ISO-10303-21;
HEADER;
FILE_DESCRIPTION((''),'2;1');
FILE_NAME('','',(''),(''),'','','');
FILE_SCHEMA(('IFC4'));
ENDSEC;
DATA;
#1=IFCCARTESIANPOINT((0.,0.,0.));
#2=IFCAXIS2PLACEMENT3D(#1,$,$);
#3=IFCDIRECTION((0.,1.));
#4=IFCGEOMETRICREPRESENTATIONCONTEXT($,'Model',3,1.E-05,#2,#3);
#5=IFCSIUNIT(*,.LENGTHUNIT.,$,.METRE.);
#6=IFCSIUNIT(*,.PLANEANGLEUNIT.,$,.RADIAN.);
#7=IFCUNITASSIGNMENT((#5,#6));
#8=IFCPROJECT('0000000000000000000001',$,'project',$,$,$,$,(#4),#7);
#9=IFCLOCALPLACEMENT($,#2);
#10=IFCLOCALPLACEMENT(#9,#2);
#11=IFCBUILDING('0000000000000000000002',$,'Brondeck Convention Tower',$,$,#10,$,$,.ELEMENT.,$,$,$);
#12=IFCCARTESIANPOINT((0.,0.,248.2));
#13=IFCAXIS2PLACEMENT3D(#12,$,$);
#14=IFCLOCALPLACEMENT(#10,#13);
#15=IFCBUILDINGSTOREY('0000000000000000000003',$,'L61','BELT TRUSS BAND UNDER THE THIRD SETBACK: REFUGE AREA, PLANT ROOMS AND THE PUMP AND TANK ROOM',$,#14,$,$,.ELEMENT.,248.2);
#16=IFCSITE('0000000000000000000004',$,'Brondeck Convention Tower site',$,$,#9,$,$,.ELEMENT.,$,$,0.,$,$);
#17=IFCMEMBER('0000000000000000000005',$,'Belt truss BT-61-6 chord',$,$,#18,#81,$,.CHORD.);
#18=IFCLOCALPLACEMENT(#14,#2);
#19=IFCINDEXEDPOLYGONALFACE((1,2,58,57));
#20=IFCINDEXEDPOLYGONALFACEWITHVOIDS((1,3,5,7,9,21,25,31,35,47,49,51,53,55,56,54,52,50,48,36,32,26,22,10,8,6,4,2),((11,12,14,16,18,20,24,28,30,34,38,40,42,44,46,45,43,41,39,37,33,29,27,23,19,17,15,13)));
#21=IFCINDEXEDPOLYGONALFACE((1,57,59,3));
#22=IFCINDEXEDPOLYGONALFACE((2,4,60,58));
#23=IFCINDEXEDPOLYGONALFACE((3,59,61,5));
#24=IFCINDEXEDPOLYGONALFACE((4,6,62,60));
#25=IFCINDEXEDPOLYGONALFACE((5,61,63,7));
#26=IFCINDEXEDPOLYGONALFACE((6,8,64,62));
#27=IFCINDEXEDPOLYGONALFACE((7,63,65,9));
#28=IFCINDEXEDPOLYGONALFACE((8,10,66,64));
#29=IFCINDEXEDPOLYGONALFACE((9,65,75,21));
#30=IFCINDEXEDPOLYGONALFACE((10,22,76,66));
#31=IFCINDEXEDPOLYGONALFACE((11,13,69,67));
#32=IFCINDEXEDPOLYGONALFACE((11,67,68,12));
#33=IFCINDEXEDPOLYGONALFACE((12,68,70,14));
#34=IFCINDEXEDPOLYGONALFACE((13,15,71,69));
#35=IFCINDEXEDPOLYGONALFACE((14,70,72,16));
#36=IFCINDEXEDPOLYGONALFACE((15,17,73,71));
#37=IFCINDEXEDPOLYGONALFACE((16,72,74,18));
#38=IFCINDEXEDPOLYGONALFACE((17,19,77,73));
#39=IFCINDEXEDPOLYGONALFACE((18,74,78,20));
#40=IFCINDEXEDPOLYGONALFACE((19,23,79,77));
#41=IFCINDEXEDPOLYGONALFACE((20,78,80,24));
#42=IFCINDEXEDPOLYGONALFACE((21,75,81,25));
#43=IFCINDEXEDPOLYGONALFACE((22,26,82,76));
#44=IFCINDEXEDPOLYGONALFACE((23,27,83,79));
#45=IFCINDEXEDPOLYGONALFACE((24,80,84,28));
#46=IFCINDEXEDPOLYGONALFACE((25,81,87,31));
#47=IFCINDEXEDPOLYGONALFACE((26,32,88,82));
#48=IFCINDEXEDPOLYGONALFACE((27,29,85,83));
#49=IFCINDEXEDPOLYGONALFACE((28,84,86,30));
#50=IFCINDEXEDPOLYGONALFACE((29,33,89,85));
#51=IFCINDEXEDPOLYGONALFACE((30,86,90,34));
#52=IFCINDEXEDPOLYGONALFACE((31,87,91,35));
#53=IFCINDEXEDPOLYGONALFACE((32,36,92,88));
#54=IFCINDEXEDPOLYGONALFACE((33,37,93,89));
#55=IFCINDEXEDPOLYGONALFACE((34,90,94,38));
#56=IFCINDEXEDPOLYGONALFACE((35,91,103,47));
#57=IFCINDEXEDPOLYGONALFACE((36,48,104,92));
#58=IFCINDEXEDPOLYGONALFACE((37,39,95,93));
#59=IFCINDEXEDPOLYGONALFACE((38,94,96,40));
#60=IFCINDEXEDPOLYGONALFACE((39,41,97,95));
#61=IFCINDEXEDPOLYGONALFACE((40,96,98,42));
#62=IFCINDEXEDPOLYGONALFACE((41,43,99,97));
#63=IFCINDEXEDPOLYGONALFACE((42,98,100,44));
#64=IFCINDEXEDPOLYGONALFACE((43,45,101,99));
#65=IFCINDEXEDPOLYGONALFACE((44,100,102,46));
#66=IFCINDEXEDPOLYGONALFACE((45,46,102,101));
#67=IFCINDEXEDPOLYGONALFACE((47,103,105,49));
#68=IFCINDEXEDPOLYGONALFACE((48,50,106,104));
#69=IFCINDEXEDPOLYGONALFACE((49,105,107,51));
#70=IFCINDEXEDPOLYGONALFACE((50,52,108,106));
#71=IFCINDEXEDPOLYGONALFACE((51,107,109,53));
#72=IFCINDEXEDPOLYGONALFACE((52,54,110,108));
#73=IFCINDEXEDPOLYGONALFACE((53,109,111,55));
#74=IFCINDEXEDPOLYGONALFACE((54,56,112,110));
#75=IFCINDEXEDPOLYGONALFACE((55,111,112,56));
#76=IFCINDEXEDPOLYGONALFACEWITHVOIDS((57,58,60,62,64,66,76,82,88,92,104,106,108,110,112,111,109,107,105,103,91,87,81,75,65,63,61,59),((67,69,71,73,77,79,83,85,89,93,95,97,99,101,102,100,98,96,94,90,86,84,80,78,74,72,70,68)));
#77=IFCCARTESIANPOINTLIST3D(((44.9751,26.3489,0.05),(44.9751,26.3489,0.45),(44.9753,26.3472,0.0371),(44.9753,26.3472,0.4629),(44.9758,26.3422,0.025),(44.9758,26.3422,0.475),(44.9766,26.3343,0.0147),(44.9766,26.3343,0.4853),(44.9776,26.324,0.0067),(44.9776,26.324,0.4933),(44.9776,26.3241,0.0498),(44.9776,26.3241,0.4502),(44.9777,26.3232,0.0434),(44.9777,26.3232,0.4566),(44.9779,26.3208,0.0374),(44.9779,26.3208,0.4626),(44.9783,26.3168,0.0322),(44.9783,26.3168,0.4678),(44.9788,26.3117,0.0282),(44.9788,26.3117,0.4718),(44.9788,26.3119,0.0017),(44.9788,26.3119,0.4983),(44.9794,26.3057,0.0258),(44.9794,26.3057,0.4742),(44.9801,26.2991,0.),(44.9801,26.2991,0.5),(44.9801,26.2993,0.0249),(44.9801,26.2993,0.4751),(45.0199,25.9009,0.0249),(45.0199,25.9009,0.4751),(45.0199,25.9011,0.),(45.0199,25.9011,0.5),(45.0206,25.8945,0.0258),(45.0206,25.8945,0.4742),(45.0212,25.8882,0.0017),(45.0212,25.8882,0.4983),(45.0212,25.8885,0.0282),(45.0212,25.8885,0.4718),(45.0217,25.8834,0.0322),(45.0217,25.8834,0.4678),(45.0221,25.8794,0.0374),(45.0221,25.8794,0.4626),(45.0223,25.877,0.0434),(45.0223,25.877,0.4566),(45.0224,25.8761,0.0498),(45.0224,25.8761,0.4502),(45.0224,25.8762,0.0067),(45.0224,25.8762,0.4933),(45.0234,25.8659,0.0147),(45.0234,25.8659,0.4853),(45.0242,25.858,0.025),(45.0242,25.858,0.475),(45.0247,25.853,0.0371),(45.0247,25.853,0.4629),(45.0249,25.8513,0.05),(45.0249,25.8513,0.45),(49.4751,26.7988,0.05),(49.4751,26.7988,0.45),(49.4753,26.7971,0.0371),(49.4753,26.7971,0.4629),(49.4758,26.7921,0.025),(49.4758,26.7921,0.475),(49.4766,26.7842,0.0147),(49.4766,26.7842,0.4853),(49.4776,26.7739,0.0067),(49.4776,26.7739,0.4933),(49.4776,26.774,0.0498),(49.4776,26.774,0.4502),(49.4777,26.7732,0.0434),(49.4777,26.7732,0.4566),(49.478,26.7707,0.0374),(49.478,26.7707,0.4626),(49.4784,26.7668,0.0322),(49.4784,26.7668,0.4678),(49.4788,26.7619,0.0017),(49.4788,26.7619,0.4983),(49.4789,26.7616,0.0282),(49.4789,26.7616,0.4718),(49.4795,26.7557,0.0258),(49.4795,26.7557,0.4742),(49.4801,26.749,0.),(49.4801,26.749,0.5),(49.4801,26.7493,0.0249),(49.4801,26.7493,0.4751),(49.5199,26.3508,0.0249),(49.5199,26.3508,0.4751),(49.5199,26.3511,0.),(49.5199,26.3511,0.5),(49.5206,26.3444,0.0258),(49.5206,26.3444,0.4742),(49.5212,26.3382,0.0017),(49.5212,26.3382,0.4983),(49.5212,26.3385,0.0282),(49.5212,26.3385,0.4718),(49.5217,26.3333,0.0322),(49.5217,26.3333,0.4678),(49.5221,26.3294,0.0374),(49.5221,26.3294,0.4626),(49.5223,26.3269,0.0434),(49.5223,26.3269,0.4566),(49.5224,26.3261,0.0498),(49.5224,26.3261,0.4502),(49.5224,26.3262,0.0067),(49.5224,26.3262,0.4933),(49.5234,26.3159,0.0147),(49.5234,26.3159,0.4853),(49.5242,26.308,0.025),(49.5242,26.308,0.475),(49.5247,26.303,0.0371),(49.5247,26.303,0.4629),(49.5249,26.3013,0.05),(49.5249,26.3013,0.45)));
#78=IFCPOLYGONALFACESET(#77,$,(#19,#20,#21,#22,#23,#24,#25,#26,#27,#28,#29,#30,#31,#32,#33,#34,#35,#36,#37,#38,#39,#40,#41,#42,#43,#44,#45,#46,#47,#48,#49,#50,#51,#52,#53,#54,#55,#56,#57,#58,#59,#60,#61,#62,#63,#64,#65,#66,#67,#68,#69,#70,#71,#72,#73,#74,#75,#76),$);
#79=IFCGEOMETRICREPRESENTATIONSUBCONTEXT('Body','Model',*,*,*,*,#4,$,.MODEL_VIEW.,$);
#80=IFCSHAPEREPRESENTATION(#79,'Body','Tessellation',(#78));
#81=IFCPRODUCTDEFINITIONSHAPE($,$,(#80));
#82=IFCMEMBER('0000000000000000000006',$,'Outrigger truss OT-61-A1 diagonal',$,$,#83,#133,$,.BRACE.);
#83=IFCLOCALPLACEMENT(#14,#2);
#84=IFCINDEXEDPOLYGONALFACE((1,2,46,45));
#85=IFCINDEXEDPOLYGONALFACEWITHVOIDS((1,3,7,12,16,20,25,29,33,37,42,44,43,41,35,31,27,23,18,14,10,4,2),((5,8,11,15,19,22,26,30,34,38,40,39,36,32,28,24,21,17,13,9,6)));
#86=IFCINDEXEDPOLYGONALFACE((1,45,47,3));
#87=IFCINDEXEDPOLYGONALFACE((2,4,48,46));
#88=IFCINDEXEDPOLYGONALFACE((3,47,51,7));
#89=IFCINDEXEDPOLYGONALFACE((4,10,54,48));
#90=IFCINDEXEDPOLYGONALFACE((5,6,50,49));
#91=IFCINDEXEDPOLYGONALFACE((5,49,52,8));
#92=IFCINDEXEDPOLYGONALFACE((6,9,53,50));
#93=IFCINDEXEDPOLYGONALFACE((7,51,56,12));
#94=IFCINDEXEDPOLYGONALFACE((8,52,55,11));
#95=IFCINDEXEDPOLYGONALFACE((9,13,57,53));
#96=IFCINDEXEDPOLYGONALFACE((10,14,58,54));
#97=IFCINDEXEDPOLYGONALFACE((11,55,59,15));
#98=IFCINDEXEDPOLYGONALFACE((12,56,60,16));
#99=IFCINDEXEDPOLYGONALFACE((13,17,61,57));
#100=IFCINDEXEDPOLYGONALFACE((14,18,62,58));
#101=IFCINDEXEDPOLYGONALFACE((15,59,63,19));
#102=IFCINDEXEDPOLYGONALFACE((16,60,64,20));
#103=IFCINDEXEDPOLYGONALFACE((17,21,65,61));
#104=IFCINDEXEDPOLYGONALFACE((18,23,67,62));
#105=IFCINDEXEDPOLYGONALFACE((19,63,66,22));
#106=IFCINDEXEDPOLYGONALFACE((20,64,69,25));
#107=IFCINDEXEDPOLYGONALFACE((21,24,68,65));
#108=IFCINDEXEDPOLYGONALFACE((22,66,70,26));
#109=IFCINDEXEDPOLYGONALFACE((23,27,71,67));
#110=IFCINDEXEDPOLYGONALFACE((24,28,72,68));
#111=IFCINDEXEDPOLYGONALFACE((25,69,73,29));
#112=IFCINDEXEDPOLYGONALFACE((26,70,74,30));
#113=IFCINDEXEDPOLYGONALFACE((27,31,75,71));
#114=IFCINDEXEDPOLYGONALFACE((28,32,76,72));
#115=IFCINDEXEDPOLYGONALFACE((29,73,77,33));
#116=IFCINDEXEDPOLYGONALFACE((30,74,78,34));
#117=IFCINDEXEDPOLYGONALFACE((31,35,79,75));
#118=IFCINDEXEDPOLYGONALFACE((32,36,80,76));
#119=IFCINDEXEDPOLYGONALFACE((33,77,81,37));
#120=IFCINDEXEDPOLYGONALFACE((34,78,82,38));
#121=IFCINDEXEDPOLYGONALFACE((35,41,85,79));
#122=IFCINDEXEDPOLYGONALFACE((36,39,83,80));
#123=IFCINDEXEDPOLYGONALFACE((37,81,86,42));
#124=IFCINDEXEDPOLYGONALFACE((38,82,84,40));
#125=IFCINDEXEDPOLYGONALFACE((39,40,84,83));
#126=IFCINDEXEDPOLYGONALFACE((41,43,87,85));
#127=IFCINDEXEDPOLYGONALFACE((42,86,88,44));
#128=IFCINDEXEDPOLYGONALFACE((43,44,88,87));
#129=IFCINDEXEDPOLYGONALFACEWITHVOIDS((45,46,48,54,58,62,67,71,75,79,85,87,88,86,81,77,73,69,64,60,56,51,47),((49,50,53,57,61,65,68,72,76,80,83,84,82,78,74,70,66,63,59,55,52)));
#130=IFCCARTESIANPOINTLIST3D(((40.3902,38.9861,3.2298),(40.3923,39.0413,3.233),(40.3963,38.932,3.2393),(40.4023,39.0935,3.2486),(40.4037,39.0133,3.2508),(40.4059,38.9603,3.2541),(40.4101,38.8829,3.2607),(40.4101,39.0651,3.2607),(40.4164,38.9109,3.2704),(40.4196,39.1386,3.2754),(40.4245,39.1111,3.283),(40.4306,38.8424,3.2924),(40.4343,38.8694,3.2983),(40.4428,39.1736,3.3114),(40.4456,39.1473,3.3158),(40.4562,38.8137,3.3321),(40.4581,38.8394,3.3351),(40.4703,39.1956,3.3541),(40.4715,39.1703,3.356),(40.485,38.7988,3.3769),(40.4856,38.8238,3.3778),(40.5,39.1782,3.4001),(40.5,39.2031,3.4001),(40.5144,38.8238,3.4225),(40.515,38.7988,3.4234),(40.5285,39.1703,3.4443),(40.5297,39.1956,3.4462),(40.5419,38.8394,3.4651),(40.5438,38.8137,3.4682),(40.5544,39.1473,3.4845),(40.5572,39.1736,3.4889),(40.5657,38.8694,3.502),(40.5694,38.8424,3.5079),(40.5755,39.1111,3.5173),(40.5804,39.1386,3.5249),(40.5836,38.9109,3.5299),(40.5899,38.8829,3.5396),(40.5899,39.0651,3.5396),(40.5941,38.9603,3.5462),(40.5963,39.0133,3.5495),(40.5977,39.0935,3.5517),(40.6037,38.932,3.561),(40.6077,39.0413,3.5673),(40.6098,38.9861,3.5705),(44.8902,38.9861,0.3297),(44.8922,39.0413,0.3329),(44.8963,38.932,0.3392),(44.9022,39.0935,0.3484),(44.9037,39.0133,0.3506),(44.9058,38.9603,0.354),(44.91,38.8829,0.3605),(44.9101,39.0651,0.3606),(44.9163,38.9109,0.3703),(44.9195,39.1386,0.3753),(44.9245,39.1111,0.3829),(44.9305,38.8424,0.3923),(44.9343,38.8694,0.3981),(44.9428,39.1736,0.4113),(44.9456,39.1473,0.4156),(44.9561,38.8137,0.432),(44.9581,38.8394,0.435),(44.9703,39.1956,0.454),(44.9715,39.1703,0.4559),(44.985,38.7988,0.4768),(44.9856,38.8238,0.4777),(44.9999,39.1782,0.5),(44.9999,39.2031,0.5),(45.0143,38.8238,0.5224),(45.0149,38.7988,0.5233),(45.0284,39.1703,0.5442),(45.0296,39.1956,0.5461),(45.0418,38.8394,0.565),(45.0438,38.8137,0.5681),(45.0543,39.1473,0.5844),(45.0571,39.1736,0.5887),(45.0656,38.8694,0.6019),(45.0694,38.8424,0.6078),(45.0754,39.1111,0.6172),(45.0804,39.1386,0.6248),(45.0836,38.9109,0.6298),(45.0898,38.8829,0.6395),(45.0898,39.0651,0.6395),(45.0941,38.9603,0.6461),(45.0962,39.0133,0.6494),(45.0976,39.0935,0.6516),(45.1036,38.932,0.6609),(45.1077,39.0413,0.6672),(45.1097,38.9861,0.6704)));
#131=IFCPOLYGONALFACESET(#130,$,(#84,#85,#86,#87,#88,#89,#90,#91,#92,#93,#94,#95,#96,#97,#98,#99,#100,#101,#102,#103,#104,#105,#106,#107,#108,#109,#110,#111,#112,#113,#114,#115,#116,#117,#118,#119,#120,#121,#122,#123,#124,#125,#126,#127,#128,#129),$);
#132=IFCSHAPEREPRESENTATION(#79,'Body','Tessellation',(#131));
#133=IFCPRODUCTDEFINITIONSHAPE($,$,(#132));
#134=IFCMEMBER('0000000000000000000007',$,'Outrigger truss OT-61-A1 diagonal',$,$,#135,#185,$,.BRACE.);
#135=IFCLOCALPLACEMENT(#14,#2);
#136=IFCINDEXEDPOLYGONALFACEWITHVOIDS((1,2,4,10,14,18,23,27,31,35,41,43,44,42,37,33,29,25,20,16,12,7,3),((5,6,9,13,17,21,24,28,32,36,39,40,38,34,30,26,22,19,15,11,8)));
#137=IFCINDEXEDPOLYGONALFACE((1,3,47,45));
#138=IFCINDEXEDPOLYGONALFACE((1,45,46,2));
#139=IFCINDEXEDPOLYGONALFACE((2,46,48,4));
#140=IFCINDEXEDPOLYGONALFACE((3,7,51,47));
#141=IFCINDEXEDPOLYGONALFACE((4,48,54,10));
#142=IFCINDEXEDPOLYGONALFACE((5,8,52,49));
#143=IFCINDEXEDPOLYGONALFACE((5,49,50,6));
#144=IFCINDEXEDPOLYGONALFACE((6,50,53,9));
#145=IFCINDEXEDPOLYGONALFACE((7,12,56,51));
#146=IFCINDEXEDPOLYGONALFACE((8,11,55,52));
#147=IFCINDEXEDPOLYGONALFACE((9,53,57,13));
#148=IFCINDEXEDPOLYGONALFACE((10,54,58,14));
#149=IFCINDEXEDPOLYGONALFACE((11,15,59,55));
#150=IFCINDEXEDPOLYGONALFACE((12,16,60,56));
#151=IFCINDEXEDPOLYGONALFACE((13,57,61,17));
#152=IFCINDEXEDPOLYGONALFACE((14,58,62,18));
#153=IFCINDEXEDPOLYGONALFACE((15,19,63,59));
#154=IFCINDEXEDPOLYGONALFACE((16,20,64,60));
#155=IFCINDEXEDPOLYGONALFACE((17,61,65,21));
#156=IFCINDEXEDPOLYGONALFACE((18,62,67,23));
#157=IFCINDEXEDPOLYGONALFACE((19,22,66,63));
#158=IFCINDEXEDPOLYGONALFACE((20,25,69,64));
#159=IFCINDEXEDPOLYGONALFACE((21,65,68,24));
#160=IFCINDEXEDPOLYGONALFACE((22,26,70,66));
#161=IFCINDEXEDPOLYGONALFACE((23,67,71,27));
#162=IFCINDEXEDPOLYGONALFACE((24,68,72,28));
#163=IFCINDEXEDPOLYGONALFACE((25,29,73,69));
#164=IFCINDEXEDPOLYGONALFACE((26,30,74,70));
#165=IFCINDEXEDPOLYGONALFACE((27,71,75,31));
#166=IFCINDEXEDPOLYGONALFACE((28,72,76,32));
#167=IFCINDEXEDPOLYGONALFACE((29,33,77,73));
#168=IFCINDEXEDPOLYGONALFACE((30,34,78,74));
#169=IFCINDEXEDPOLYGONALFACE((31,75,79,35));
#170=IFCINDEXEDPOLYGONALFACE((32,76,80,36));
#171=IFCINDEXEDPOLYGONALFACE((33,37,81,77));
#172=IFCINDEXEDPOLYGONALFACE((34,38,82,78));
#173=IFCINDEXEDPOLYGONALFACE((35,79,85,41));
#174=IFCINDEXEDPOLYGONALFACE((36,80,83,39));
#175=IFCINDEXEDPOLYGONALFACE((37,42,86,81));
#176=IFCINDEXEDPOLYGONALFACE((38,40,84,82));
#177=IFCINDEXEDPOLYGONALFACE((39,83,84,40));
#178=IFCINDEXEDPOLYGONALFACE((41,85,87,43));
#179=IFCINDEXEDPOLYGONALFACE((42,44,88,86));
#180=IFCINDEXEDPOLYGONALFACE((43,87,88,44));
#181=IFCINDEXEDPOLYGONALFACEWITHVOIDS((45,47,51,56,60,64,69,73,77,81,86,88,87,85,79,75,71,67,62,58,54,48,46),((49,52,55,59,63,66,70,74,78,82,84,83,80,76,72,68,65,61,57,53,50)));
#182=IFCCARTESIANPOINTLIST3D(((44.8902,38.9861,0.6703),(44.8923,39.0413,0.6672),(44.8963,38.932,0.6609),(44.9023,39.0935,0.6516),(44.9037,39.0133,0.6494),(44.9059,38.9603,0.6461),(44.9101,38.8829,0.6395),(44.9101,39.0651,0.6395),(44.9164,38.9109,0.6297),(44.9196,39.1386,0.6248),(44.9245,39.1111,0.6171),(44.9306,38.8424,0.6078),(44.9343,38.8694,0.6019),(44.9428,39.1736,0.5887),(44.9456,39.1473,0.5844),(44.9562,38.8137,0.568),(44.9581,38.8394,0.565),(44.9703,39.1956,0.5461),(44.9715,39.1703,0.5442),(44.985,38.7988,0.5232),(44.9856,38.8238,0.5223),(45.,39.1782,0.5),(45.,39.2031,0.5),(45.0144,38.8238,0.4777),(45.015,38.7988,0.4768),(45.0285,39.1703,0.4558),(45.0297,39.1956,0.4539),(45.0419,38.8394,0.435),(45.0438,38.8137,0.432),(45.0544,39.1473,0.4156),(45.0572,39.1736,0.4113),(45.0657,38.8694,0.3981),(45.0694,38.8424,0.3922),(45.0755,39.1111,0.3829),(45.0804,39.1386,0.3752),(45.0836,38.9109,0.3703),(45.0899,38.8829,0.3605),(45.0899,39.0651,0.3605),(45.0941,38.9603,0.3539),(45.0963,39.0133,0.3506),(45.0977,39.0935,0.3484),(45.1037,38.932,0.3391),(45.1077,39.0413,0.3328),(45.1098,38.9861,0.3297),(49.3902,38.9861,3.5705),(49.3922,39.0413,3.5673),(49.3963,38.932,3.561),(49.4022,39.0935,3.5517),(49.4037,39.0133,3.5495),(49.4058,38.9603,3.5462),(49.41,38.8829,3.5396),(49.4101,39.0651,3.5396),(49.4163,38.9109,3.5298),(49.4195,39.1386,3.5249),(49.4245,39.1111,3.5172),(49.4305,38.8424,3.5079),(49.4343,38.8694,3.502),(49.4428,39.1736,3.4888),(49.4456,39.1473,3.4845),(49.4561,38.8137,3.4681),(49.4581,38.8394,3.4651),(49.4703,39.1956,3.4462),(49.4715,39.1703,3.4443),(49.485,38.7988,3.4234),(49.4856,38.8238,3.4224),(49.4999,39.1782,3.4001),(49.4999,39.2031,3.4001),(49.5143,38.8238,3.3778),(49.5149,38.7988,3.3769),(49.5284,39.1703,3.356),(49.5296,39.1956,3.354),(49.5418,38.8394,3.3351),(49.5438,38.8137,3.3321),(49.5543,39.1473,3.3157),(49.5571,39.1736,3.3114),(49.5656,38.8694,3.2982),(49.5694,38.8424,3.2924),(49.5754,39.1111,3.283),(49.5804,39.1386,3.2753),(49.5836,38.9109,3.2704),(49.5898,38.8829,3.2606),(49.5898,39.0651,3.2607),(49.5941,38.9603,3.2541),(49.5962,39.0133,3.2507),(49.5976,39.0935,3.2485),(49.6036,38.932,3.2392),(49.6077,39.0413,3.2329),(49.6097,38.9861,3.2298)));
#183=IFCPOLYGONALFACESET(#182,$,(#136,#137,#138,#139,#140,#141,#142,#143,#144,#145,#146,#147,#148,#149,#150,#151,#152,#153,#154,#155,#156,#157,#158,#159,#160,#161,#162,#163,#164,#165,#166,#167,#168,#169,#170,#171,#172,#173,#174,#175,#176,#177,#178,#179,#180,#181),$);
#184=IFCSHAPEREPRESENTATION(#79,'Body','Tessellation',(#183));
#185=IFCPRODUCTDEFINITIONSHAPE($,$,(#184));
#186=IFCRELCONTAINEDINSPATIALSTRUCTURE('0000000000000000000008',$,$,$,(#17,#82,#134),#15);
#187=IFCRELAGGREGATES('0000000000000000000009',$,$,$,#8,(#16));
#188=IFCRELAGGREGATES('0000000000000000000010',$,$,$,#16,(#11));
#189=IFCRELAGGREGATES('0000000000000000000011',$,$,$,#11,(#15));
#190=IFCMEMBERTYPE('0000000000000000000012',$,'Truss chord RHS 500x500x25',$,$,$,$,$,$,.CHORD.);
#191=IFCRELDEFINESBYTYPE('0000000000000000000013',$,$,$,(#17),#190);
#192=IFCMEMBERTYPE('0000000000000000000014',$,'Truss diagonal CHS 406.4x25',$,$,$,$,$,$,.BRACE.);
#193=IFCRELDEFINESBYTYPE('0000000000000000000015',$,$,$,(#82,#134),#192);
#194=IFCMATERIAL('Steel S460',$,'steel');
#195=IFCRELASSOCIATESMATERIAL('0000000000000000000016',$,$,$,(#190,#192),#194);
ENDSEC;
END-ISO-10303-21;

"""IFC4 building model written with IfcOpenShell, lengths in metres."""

from ifc_helpers import new_model, si_unit, direction, frame, origin, origin_2d, place, context, subcontext, project, spatial, hollow_rectangle, hollow_circle, extrude, material, material_profile, profile_set, type_object, element, save


model = new_model("IFC4")

# Units and contexts
model_context = context("Model", 3, precision=1e-05, world=origin(), true_north=direction((0.0, 1.0)))
body_context = subcontext(model_context, "Body", "Model", "MODEL_VIEW")
ifc_project = project(units=[si_unit("LENGTHUNIT", "METRE"), si_unit("PLANEANGLEUNIT", "RADIAN")], contexts=[model_context])

# Site, building, storey
site_placement = place(None, origin())
site = spatial("IfcSite", under=ifc_project, at=site_placement, Name="Brondeck Convention Tower site", CompositionType="ELEMENT", RefElevation=0.0)
building_placement = place(site_placement, origin())
building = spatial("IfcBuilding", under=site, at=building_placement, Name="Brondeck Convention Tower", CompositionType="ELEMENT")
storey_placement = place(building_placement, frame((0.0, 0.0, 248.2)))
storey = spatial("IfcBuildingStorey", under=building, at=storey_placement, Name="L61", Description="BELT TRUSS BAND UNDER THE THIRD SETBACK: REFUGE AREA, PLANT ROOMS AND THE PUMP AND TANK ROOM", CompositionType="ELEMENT", Elevation=248.2)

# Shared definitions
ifc_material_1 = material(Name="Steel S460", Category="steel")

# Members
ifc_material_profile_1 = material_profile(ifc_material_1, hollow_rectangle(XDim=0.5, YDim=0.5, WallThickness=0.0249, InnerFilletRadius=0.0249, OuterFilletRadius=0.05, at=origin_2d()), Name="RHS 500x500x25")
ifc_profile_set_1 = profile_set([ifc_material_profile_1], Name="Steel S460")
member_type_1 = type_object("IfcMemberType", Name="Truss chord RHS 500x500x25", PredefinedType="CHORD", material=ifc_profile_set_1)
member_1_placement = place(storey_placement, frame((45.0, 26.1001, 0.25), z_axis=(0.995038, 0.099493, 0.0), x_axis=(-0.099493, 0.995038, 0.0)))
element("IfcMember", 1, at=member_1_placement, inside=storey, type_object=member_type_1, Name="Belt truss BT-61-6 chord", PredefinedType="CHORD", context=body_context, shape_type="SweptSolid", body=[
    extrude(hollow_rectangle(XDim=0.5, YDim=0.5, WallThickness=0.0249, InnerFilletRadius=0.0249, OuterFilletRadius=0.05, at=origin_2d()), origin(), (0.0, 0.0, 1.0), 4.5225),
])
ifc_material_profile_2 = material_profile(ifc_material_1, hollow_circle(Radius=0.2031, WallThickness=0.0249, at=origin_2d()), Name="CHS 406.4x25")
ifc_profile_set_2 = profile_set([ifc_material_profile_2], Name="Steel S460")
member_type_2 = type_object("IfcMemberType", Name="Truss diagonal CHS 406.4x25", PredefinedType="BRACE", material=ifc_profile_set_2)
for number, where, z_axis, x_axis, name in (
    (2, (40.5, 39.0, 3.4001), (0.840559, 0.0, -0.541721), (0.0, 1.0, 0.0), "Outrigger truss OT-61-A1 diagonal"),
    (3, (45.0, 39.0, 0.5), (0.840559, 0.0, 0.541721), (0.0, 1.0, 0.0), "Outrigger truss OT-61-A1 diagonal"),
):
    element("IfcMember", number, at=place(storey_placement, frame(where, z_axis=z_axis, x_axis=x_axis)), inside=storey, type_object=member_type_2, Name=name, PredefinedType="BRACE", context=body_context, shape_type="SweptSolid", body=[
        extrude(hollow_circle(Radius=0.2031, WallThickness=0.0249, at=origin_2d()), origin(), (0.0, 0.0, 1.0), 5.3535),
    ])

save(model, "model.ifc")
